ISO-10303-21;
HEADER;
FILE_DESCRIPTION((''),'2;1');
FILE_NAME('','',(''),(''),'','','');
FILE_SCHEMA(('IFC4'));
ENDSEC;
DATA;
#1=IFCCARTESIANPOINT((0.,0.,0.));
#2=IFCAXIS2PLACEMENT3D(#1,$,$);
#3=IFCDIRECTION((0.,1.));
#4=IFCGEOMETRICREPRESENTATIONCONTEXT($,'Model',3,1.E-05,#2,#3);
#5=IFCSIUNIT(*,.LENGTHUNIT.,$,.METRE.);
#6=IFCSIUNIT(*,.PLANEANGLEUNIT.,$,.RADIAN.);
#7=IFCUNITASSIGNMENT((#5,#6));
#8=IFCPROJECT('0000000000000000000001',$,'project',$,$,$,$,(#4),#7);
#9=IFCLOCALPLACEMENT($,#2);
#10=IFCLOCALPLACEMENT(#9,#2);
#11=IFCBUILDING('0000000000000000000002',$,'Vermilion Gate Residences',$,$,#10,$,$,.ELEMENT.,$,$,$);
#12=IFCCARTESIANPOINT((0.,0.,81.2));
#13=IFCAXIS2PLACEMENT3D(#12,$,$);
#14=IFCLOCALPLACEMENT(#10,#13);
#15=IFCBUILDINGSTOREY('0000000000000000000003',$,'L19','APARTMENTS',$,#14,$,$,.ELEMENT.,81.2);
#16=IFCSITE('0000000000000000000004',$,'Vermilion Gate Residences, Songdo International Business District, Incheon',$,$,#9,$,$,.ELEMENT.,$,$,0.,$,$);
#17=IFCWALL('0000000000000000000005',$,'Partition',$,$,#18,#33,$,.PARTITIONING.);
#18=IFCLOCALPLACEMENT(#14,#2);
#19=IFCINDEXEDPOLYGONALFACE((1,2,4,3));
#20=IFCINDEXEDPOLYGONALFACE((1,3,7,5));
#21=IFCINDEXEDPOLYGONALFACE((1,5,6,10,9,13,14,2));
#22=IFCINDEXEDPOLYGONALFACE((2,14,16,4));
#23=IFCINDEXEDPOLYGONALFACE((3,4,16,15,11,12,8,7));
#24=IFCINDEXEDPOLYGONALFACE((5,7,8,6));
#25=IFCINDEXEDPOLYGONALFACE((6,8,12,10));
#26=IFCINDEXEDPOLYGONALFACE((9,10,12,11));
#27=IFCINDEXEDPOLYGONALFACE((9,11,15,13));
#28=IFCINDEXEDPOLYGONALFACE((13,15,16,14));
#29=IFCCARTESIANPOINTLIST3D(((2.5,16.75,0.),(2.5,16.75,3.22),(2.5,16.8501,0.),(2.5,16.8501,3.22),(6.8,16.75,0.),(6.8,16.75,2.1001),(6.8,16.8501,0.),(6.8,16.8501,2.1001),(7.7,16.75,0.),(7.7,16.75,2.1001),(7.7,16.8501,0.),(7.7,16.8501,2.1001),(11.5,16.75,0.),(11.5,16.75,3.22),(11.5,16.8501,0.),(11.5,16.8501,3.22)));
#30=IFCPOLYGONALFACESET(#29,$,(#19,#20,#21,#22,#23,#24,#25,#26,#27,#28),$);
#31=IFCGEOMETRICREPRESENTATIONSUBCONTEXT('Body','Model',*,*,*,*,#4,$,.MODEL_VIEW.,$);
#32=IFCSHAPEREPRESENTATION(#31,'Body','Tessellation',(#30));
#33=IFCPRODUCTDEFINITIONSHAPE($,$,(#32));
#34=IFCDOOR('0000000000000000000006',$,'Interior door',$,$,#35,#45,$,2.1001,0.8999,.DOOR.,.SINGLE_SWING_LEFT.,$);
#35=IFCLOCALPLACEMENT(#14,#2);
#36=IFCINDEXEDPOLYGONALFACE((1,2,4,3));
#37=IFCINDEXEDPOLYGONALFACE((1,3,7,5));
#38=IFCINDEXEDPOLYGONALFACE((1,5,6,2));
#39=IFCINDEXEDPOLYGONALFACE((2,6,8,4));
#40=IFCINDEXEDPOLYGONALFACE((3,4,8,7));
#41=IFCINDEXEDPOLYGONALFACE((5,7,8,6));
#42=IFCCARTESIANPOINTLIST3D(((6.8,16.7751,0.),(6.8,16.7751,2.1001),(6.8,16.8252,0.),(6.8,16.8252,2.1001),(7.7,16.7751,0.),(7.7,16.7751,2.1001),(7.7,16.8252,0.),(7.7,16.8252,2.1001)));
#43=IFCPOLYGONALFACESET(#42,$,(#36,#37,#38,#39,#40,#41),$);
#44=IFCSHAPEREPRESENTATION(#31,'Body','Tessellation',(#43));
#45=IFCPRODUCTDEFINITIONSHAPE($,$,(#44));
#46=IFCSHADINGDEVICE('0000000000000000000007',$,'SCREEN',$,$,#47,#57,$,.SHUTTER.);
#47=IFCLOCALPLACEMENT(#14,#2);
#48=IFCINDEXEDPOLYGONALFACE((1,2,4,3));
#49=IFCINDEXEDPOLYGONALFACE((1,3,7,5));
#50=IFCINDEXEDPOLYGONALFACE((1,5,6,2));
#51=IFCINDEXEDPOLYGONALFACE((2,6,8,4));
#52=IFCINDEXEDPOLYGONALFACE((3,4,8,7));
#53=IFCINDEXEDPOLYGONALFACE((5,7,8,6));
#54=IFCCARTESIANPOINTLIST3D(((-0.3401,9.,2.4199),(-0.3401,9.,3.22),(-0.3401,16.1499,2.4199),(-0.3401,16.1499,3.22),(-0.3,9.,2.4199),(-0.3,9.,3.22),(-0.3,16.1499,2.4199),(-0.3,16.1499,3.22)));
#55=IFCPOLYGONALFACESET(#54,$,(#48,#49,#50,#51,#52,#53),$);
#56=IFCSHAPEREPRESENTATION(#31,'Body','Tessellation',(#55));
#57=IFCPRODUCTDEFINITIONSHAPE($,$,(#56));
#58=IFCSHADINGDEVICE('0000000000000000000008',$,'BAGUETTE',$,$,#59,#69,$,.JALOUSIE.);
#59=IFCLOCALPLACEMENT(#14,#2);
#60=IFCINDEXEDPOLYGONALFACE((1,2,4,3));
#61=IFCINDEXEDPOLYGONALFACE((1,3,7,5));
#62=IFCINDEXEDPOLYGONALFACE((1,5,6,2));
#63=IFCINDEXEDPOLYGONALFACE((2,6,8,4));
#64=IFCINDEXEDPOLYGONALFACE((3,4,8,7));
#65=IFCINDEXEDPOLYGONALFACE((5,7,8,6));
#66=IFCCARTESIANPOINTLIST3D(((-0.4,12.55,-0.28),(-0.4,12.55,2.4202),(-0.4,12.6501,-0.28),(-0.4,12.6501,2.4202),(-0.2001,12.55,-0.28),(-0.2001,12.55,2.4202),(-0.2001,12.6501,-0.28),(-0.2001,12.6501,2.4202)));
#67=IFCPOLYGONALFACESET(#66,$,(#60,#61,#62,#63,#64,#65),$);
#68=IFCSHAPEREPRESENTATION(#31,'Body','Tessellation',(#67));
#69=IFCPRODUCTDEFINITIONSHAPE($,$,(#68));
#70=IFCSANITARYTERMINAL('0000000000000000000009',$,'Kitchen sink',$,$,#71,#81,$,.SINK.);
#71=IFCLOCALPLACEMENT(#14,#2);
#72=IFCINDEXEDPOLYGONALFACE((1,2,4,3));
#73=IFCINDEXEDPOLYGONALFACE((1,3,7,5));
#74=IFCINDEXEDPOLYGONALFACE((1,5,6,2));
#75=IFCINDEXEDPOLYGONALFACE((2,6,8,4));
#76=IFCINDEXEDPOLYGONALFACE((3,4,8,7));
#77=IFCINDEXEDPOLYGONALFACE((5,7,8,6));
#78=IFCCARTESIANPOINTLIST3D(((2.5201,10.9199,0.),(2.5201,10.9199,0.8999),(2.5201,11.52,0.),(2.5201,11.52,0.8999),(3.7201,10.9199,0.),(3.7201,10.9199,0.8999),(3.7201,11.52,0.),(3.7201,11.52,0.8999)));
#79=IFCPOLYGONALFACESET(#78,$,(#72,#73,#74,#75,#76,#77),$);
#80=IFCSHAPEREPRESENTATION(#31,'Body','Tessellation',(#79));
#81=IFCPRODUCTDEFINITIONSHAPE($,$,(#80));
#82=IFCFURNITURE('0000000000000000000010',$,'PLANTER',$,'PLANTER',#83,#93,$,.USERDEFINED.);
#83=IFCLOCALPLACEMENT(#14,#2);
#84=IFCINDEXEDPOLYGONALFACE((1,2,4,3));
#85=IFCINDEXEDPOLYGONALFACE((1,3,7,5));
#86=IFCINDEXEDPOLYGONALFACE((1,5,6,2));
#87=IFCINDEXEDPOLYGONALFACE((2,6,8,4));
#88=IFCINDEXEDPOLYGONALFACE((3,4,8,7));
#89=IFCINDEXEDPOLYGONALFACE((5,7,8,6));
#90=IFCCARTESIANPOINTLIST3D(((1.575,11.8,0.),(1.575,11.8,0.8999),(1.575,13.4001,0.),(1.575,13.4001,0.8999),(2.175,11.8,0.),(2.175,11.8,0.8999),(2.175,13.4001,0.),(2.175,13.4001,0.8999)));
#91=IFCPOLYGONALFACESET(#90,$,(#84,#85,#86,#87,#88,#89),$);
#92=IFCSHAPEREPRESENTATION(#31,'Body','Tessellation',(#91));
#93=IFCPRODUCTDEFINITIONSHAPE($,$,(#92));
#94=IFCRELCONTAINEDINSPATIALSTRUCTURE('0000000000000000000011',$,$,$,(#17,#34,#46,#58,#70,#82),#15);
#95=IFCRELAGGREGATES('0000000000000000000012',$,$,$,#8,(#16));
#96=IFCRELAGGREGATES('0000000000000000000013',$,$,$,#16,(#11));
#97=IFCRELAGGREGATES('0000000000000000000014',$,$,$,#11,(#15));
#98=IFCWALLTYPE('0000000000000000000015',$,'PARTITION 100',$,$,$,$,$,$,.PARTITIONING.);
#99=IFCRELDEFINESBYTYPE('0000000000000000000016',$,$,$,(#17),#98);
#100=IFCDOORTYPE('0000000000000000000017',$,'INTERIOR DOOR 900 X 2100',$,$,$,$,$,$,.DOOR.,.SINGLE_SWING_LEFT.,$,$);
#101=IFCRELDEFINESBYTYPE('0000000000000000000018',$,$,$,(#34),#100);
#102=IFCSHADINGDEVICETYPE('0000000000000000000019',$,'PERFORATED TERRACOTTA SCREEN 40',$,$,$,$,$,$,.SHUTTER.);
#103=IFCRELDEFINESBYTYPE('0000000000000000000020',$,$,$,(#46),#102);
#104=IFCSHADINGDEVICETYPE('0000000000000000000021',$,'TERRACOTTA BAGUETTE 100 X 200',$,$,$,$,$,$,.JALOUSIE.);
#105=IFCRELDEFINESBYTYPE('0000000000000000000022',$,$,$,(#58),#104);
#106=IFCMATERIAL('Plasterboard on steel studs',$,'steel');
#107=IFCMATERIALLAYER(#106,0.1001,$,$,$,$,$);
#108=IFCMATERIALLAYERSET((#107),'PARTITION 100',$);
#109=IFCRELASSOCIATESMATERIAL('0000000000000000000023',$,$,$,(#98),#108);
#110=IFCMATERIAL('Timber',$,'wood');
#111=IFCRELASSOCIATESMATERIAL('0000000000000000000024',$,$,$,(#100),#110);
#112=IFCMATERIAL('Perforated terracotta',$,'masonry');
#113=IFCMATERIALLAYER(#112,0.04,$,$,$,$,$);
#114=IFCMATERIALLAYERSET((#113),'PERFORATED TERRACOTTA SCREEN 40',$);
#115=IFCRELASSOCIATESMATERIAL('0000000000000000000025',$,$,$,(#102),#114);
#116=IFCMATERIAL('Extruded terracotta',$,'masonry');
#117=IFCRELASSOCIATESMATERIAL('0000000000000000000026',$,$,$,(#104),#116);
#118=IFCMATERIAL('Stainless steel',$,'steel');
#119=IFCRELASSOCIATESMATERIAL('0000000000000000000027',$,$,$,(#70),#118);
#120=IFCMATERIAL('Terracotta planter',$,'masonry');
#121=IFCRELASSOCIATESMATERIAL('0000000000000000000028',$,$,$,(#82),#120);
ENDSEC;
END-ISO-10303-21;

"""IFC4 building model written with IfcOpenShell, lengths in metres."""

from ifc_helpers import new_model, si_unit, direction, frame, frame_2d, origin, origin_2d, place, context, subcontext, project, spatial, rectangle, extrude, material, layer, layer_set, material_profile, profile_set, type_object, element, fill, save


model = new_model("IFC4")

# Units and contexts
model_context = context("Model", 3, precision=1e-05, world=origin(), true_north=direction((0.0, 1.0)))
body_context = subcontext(model_context, "Body", "Model", "MODEL_VIEW")
ifc_project = project(units=[si_unit("LENGTHUNIT", "METRE"), si_unit("PLANEANGLEUNIT", "RADIAN")], contexts=[model_context])

# Site, building, storey
site_placement = place(None, origin())
site = spatial("IfcSite", under=ifc_project, at=site_placement, Name="Vermilion Gate Residences, Songdo International Business District, Incheon", CompositionType="ELEMENT", RefElevation=0.0)
building_placement = place(site_placement, origin())
building = spatial("IfcBuilding", under=site, at=building_placement, Name="Vermilion Gate Residences", CompositionType="ELEMENT")
storey_placement = place(building_placement, frame((0.0, 0.0, 81.2)))
storey = spatial("IfcBuildingStorey", under=building, at=storey_placement, Name="L19", Description="APARTMENTS", CompositionType="ELEMENT", Elevation=81.2)

# Wall, opening, door
ifc_material_1 = material(Name="Plasterboard on steel studs", Category="steel")
ifc_layer_1 = layer(ifc_material_1, 0.1001)
ifc_layer_set_1 = layer_set([ifc_layer_1], Name="PARTITION 100")
wall_type_1 = type_object("IfcWallType", Name="PARTITION 100", PredefinedType="PARTITIONING", material=ifc_layer_set_1)
wall_1_placement = place(storey_placement, frame((2.5, 16.8, 0.0), z_axis=(0.0, 0.0, 1.0), x_axis=(1.0, 0.0, 0.0)))
wall_1 = element("IfcWall", 1, at=wall_1_placement, inside=storey, type_object=wall_type_1, Name="Partition", PredefinedType="PARTITIONING", context=body_context, shape_type="SweptSolid", body=[
    extrude(rectangle(XDim=9.0, YDim=0.1001, at=frame_2d((4.5, 0.0))), origin(), (0.0, 0.0, 1.0), 3.22),
])
opening_1_placement = place(wall_1_placement, frame((4.3, 0.0, 0.0)))
opening_1 = element("IfcOpeningElement", 2, at=opening_1_placement, cuts=wall_1, PredefinedType="OPENING", context=body_context, shape_type="SweptSolid", body=[
    extrude(rectangle(XDim=0.8999, YDim=2.1001, at=frame_2d((0.45, 1.05))), frame((0.0, 0.0601, 0.0), z_axis=(0.0, -1.0, 0.0), x_axis=(1.0, 0.0, 0.0)), (0.0, 0.0, 1.0), 0.1201),
])
ifc_material_2 = material(Name="Timber", Category="wood")
door_type_1 = type_object("IfcDoorType", Name="INTERIOR DOOR 900 X 2100", OperationType="SINGLE_SWING_LEFT", PredefinedType="DOOR", material=ifc_material_2)
door_1_placement = place(opening_1_placement, frame((0.8999, 0.0, 0.0), z_axis=(0.0, 0.0, 1.0), x_axis=(-1.0, 0.0, 0.0)))
door_1 = element("IfcDoor", 3, at=door_1_placement, inside=storey, type_object=door_type_1, Name="Interior door", OperationType="SINGLE_SWING_LEFT", OverallHeight=2.1001, OverallWidth=0.8999, PredefinedType="DOOR", context=body_context, shape_type="SweptSolid", body=[
    extrude(rectangle(XDim=0.8999, YDim=2.1001, at=frame_2d((0.45, 1.05))), frame((0.0, 0.0249, 0.0), z_axis=(0.0, -1.0, 0.0), x_axis=(1.0, 0.0, 0.0)), (0.0, 0.0, 1.0), 0.05),
])
fill(opening_1, door_1)

# Shading devices
ifc_material_3 = material(Name="Perforated terracotta", Category="masonry")
ifc_layer_2 = layer(ifc_material_3, 0.04)
ifc_layer_set_2 = layer_set([ifc_layer_2], Name="PERFORATED TERRACOTTA SCREEN 40")
shading_device_type_1 = type_object("IfcShadingDeviceType", Name="PERFORATED TERRACOTTA SCREEN 40", PredefinedType="SHUTTER", material=ifc_layer_set_2)
shading_device_1_placement = place(storey_placement, frame((-0.3201, 12.575, 2.4199), z_axis=(0.0, 0.0, 1.0), x_axis=(0.0, -1.0, 0.0)))
element("IfcShadingDevice", 4, at=shading_device_1_placement, inside=storey, type_object=shading_device_type_1, Name="SCREEN", PredefinedType="SHUTTER", context=body_context, shape_type="SweptSolid", body=[
    extrude(rectangle(XDim=7.1499, YDim=0.04, at=origin_2d()), origin(), (0.0, 0.0, 1.0), 0.8),
])
ifc_material_4 = material(Name="Extruded terracotta", Category="masonry")
ifc_material_profile_1 = material_profile(ifc_material_4, rectangle(XDim=0.2, YDim=0.1001, at=origin_2d()), Name="BAGUETTE 100 X 200")
ifc_profile_set_1 = profile_set([ifc_material_profile_1], Name="Extruded terracotta")
shading_device_type_2 = type_object("IfcShadingDeviceType", Name="TERRACOTTA BAGUETTE 100 X 200", PredefinedType="JALOUSIE", material=ifc_profile_set_1)
shading_device_2_placement = place(storey_placement, frame((-0.3, 12.6001, -0.28), z_axis=(0.0, 0.0, 1.0), x_axis=(1.0, 0.0, 0.0)))
element("IfcShadingDevice", 5, at=shading_device_2_placement, inside=storey, type_object=shading_device_type_2, Name="BAGUETTE", PredefinedType="JALOUSIE", context=body_context, shape_type="SweptSolid", body=[
    extrude(rectangle(XDim=0.2, YDim=0.1001, at=origin_2d()), origin(), (0.0, 0.0, 1.0), 2.7002),
])

# Sanitary terminal
ifc_material_5 = material(Name="Stainless steel", Category="steel")
sanitary_terminal_placement = place(storey_placement, frame((3.1201, 11.22, 0.0), z_axis=(0.0, 0.0, 1.0), x_axis=(1.0, 0.0, 0.0)))
element("IfcSanitaryTerminal", 6, at=sanitary_terminal_placement, inside=storey, material=ifc_material_5, Name="Kitchen sink", PredefinedType="SINK", context=body_context, shape_type="SweptSolid", body=[
    extrude(rectangle(XDim=1.2, YDim=0.6001, at=origin_2d()), origin(), (0.0, 0.0, 1.0), 0.8999),
])

# Furniture
ifc_material_6 = material(Name="Terracotta planter", Category="masonry")
furniture_placement = place(storey_placement, frame((1.875, 12.6001, 0.0), z_axis=(0.0, 0.0, 1.0), x_axis=(0.0, -1.0, 0.0)))
element("IfcFurniture", 7, at=furniture_placement, inside=storey, material=ifc_material_6, Name="PLANTER", ObjectType="PLANTER", PredefinedType="USERDEFINED", context=body_context, shape_type="SweptSolid", body=[
    extrude(rectangle(XDim=1.6001, YDim=0.6001, at=origin_2d()), origin(), (0.0, 0.0, 1.0), 0.8999),
])

save(model, "model.ifc")
